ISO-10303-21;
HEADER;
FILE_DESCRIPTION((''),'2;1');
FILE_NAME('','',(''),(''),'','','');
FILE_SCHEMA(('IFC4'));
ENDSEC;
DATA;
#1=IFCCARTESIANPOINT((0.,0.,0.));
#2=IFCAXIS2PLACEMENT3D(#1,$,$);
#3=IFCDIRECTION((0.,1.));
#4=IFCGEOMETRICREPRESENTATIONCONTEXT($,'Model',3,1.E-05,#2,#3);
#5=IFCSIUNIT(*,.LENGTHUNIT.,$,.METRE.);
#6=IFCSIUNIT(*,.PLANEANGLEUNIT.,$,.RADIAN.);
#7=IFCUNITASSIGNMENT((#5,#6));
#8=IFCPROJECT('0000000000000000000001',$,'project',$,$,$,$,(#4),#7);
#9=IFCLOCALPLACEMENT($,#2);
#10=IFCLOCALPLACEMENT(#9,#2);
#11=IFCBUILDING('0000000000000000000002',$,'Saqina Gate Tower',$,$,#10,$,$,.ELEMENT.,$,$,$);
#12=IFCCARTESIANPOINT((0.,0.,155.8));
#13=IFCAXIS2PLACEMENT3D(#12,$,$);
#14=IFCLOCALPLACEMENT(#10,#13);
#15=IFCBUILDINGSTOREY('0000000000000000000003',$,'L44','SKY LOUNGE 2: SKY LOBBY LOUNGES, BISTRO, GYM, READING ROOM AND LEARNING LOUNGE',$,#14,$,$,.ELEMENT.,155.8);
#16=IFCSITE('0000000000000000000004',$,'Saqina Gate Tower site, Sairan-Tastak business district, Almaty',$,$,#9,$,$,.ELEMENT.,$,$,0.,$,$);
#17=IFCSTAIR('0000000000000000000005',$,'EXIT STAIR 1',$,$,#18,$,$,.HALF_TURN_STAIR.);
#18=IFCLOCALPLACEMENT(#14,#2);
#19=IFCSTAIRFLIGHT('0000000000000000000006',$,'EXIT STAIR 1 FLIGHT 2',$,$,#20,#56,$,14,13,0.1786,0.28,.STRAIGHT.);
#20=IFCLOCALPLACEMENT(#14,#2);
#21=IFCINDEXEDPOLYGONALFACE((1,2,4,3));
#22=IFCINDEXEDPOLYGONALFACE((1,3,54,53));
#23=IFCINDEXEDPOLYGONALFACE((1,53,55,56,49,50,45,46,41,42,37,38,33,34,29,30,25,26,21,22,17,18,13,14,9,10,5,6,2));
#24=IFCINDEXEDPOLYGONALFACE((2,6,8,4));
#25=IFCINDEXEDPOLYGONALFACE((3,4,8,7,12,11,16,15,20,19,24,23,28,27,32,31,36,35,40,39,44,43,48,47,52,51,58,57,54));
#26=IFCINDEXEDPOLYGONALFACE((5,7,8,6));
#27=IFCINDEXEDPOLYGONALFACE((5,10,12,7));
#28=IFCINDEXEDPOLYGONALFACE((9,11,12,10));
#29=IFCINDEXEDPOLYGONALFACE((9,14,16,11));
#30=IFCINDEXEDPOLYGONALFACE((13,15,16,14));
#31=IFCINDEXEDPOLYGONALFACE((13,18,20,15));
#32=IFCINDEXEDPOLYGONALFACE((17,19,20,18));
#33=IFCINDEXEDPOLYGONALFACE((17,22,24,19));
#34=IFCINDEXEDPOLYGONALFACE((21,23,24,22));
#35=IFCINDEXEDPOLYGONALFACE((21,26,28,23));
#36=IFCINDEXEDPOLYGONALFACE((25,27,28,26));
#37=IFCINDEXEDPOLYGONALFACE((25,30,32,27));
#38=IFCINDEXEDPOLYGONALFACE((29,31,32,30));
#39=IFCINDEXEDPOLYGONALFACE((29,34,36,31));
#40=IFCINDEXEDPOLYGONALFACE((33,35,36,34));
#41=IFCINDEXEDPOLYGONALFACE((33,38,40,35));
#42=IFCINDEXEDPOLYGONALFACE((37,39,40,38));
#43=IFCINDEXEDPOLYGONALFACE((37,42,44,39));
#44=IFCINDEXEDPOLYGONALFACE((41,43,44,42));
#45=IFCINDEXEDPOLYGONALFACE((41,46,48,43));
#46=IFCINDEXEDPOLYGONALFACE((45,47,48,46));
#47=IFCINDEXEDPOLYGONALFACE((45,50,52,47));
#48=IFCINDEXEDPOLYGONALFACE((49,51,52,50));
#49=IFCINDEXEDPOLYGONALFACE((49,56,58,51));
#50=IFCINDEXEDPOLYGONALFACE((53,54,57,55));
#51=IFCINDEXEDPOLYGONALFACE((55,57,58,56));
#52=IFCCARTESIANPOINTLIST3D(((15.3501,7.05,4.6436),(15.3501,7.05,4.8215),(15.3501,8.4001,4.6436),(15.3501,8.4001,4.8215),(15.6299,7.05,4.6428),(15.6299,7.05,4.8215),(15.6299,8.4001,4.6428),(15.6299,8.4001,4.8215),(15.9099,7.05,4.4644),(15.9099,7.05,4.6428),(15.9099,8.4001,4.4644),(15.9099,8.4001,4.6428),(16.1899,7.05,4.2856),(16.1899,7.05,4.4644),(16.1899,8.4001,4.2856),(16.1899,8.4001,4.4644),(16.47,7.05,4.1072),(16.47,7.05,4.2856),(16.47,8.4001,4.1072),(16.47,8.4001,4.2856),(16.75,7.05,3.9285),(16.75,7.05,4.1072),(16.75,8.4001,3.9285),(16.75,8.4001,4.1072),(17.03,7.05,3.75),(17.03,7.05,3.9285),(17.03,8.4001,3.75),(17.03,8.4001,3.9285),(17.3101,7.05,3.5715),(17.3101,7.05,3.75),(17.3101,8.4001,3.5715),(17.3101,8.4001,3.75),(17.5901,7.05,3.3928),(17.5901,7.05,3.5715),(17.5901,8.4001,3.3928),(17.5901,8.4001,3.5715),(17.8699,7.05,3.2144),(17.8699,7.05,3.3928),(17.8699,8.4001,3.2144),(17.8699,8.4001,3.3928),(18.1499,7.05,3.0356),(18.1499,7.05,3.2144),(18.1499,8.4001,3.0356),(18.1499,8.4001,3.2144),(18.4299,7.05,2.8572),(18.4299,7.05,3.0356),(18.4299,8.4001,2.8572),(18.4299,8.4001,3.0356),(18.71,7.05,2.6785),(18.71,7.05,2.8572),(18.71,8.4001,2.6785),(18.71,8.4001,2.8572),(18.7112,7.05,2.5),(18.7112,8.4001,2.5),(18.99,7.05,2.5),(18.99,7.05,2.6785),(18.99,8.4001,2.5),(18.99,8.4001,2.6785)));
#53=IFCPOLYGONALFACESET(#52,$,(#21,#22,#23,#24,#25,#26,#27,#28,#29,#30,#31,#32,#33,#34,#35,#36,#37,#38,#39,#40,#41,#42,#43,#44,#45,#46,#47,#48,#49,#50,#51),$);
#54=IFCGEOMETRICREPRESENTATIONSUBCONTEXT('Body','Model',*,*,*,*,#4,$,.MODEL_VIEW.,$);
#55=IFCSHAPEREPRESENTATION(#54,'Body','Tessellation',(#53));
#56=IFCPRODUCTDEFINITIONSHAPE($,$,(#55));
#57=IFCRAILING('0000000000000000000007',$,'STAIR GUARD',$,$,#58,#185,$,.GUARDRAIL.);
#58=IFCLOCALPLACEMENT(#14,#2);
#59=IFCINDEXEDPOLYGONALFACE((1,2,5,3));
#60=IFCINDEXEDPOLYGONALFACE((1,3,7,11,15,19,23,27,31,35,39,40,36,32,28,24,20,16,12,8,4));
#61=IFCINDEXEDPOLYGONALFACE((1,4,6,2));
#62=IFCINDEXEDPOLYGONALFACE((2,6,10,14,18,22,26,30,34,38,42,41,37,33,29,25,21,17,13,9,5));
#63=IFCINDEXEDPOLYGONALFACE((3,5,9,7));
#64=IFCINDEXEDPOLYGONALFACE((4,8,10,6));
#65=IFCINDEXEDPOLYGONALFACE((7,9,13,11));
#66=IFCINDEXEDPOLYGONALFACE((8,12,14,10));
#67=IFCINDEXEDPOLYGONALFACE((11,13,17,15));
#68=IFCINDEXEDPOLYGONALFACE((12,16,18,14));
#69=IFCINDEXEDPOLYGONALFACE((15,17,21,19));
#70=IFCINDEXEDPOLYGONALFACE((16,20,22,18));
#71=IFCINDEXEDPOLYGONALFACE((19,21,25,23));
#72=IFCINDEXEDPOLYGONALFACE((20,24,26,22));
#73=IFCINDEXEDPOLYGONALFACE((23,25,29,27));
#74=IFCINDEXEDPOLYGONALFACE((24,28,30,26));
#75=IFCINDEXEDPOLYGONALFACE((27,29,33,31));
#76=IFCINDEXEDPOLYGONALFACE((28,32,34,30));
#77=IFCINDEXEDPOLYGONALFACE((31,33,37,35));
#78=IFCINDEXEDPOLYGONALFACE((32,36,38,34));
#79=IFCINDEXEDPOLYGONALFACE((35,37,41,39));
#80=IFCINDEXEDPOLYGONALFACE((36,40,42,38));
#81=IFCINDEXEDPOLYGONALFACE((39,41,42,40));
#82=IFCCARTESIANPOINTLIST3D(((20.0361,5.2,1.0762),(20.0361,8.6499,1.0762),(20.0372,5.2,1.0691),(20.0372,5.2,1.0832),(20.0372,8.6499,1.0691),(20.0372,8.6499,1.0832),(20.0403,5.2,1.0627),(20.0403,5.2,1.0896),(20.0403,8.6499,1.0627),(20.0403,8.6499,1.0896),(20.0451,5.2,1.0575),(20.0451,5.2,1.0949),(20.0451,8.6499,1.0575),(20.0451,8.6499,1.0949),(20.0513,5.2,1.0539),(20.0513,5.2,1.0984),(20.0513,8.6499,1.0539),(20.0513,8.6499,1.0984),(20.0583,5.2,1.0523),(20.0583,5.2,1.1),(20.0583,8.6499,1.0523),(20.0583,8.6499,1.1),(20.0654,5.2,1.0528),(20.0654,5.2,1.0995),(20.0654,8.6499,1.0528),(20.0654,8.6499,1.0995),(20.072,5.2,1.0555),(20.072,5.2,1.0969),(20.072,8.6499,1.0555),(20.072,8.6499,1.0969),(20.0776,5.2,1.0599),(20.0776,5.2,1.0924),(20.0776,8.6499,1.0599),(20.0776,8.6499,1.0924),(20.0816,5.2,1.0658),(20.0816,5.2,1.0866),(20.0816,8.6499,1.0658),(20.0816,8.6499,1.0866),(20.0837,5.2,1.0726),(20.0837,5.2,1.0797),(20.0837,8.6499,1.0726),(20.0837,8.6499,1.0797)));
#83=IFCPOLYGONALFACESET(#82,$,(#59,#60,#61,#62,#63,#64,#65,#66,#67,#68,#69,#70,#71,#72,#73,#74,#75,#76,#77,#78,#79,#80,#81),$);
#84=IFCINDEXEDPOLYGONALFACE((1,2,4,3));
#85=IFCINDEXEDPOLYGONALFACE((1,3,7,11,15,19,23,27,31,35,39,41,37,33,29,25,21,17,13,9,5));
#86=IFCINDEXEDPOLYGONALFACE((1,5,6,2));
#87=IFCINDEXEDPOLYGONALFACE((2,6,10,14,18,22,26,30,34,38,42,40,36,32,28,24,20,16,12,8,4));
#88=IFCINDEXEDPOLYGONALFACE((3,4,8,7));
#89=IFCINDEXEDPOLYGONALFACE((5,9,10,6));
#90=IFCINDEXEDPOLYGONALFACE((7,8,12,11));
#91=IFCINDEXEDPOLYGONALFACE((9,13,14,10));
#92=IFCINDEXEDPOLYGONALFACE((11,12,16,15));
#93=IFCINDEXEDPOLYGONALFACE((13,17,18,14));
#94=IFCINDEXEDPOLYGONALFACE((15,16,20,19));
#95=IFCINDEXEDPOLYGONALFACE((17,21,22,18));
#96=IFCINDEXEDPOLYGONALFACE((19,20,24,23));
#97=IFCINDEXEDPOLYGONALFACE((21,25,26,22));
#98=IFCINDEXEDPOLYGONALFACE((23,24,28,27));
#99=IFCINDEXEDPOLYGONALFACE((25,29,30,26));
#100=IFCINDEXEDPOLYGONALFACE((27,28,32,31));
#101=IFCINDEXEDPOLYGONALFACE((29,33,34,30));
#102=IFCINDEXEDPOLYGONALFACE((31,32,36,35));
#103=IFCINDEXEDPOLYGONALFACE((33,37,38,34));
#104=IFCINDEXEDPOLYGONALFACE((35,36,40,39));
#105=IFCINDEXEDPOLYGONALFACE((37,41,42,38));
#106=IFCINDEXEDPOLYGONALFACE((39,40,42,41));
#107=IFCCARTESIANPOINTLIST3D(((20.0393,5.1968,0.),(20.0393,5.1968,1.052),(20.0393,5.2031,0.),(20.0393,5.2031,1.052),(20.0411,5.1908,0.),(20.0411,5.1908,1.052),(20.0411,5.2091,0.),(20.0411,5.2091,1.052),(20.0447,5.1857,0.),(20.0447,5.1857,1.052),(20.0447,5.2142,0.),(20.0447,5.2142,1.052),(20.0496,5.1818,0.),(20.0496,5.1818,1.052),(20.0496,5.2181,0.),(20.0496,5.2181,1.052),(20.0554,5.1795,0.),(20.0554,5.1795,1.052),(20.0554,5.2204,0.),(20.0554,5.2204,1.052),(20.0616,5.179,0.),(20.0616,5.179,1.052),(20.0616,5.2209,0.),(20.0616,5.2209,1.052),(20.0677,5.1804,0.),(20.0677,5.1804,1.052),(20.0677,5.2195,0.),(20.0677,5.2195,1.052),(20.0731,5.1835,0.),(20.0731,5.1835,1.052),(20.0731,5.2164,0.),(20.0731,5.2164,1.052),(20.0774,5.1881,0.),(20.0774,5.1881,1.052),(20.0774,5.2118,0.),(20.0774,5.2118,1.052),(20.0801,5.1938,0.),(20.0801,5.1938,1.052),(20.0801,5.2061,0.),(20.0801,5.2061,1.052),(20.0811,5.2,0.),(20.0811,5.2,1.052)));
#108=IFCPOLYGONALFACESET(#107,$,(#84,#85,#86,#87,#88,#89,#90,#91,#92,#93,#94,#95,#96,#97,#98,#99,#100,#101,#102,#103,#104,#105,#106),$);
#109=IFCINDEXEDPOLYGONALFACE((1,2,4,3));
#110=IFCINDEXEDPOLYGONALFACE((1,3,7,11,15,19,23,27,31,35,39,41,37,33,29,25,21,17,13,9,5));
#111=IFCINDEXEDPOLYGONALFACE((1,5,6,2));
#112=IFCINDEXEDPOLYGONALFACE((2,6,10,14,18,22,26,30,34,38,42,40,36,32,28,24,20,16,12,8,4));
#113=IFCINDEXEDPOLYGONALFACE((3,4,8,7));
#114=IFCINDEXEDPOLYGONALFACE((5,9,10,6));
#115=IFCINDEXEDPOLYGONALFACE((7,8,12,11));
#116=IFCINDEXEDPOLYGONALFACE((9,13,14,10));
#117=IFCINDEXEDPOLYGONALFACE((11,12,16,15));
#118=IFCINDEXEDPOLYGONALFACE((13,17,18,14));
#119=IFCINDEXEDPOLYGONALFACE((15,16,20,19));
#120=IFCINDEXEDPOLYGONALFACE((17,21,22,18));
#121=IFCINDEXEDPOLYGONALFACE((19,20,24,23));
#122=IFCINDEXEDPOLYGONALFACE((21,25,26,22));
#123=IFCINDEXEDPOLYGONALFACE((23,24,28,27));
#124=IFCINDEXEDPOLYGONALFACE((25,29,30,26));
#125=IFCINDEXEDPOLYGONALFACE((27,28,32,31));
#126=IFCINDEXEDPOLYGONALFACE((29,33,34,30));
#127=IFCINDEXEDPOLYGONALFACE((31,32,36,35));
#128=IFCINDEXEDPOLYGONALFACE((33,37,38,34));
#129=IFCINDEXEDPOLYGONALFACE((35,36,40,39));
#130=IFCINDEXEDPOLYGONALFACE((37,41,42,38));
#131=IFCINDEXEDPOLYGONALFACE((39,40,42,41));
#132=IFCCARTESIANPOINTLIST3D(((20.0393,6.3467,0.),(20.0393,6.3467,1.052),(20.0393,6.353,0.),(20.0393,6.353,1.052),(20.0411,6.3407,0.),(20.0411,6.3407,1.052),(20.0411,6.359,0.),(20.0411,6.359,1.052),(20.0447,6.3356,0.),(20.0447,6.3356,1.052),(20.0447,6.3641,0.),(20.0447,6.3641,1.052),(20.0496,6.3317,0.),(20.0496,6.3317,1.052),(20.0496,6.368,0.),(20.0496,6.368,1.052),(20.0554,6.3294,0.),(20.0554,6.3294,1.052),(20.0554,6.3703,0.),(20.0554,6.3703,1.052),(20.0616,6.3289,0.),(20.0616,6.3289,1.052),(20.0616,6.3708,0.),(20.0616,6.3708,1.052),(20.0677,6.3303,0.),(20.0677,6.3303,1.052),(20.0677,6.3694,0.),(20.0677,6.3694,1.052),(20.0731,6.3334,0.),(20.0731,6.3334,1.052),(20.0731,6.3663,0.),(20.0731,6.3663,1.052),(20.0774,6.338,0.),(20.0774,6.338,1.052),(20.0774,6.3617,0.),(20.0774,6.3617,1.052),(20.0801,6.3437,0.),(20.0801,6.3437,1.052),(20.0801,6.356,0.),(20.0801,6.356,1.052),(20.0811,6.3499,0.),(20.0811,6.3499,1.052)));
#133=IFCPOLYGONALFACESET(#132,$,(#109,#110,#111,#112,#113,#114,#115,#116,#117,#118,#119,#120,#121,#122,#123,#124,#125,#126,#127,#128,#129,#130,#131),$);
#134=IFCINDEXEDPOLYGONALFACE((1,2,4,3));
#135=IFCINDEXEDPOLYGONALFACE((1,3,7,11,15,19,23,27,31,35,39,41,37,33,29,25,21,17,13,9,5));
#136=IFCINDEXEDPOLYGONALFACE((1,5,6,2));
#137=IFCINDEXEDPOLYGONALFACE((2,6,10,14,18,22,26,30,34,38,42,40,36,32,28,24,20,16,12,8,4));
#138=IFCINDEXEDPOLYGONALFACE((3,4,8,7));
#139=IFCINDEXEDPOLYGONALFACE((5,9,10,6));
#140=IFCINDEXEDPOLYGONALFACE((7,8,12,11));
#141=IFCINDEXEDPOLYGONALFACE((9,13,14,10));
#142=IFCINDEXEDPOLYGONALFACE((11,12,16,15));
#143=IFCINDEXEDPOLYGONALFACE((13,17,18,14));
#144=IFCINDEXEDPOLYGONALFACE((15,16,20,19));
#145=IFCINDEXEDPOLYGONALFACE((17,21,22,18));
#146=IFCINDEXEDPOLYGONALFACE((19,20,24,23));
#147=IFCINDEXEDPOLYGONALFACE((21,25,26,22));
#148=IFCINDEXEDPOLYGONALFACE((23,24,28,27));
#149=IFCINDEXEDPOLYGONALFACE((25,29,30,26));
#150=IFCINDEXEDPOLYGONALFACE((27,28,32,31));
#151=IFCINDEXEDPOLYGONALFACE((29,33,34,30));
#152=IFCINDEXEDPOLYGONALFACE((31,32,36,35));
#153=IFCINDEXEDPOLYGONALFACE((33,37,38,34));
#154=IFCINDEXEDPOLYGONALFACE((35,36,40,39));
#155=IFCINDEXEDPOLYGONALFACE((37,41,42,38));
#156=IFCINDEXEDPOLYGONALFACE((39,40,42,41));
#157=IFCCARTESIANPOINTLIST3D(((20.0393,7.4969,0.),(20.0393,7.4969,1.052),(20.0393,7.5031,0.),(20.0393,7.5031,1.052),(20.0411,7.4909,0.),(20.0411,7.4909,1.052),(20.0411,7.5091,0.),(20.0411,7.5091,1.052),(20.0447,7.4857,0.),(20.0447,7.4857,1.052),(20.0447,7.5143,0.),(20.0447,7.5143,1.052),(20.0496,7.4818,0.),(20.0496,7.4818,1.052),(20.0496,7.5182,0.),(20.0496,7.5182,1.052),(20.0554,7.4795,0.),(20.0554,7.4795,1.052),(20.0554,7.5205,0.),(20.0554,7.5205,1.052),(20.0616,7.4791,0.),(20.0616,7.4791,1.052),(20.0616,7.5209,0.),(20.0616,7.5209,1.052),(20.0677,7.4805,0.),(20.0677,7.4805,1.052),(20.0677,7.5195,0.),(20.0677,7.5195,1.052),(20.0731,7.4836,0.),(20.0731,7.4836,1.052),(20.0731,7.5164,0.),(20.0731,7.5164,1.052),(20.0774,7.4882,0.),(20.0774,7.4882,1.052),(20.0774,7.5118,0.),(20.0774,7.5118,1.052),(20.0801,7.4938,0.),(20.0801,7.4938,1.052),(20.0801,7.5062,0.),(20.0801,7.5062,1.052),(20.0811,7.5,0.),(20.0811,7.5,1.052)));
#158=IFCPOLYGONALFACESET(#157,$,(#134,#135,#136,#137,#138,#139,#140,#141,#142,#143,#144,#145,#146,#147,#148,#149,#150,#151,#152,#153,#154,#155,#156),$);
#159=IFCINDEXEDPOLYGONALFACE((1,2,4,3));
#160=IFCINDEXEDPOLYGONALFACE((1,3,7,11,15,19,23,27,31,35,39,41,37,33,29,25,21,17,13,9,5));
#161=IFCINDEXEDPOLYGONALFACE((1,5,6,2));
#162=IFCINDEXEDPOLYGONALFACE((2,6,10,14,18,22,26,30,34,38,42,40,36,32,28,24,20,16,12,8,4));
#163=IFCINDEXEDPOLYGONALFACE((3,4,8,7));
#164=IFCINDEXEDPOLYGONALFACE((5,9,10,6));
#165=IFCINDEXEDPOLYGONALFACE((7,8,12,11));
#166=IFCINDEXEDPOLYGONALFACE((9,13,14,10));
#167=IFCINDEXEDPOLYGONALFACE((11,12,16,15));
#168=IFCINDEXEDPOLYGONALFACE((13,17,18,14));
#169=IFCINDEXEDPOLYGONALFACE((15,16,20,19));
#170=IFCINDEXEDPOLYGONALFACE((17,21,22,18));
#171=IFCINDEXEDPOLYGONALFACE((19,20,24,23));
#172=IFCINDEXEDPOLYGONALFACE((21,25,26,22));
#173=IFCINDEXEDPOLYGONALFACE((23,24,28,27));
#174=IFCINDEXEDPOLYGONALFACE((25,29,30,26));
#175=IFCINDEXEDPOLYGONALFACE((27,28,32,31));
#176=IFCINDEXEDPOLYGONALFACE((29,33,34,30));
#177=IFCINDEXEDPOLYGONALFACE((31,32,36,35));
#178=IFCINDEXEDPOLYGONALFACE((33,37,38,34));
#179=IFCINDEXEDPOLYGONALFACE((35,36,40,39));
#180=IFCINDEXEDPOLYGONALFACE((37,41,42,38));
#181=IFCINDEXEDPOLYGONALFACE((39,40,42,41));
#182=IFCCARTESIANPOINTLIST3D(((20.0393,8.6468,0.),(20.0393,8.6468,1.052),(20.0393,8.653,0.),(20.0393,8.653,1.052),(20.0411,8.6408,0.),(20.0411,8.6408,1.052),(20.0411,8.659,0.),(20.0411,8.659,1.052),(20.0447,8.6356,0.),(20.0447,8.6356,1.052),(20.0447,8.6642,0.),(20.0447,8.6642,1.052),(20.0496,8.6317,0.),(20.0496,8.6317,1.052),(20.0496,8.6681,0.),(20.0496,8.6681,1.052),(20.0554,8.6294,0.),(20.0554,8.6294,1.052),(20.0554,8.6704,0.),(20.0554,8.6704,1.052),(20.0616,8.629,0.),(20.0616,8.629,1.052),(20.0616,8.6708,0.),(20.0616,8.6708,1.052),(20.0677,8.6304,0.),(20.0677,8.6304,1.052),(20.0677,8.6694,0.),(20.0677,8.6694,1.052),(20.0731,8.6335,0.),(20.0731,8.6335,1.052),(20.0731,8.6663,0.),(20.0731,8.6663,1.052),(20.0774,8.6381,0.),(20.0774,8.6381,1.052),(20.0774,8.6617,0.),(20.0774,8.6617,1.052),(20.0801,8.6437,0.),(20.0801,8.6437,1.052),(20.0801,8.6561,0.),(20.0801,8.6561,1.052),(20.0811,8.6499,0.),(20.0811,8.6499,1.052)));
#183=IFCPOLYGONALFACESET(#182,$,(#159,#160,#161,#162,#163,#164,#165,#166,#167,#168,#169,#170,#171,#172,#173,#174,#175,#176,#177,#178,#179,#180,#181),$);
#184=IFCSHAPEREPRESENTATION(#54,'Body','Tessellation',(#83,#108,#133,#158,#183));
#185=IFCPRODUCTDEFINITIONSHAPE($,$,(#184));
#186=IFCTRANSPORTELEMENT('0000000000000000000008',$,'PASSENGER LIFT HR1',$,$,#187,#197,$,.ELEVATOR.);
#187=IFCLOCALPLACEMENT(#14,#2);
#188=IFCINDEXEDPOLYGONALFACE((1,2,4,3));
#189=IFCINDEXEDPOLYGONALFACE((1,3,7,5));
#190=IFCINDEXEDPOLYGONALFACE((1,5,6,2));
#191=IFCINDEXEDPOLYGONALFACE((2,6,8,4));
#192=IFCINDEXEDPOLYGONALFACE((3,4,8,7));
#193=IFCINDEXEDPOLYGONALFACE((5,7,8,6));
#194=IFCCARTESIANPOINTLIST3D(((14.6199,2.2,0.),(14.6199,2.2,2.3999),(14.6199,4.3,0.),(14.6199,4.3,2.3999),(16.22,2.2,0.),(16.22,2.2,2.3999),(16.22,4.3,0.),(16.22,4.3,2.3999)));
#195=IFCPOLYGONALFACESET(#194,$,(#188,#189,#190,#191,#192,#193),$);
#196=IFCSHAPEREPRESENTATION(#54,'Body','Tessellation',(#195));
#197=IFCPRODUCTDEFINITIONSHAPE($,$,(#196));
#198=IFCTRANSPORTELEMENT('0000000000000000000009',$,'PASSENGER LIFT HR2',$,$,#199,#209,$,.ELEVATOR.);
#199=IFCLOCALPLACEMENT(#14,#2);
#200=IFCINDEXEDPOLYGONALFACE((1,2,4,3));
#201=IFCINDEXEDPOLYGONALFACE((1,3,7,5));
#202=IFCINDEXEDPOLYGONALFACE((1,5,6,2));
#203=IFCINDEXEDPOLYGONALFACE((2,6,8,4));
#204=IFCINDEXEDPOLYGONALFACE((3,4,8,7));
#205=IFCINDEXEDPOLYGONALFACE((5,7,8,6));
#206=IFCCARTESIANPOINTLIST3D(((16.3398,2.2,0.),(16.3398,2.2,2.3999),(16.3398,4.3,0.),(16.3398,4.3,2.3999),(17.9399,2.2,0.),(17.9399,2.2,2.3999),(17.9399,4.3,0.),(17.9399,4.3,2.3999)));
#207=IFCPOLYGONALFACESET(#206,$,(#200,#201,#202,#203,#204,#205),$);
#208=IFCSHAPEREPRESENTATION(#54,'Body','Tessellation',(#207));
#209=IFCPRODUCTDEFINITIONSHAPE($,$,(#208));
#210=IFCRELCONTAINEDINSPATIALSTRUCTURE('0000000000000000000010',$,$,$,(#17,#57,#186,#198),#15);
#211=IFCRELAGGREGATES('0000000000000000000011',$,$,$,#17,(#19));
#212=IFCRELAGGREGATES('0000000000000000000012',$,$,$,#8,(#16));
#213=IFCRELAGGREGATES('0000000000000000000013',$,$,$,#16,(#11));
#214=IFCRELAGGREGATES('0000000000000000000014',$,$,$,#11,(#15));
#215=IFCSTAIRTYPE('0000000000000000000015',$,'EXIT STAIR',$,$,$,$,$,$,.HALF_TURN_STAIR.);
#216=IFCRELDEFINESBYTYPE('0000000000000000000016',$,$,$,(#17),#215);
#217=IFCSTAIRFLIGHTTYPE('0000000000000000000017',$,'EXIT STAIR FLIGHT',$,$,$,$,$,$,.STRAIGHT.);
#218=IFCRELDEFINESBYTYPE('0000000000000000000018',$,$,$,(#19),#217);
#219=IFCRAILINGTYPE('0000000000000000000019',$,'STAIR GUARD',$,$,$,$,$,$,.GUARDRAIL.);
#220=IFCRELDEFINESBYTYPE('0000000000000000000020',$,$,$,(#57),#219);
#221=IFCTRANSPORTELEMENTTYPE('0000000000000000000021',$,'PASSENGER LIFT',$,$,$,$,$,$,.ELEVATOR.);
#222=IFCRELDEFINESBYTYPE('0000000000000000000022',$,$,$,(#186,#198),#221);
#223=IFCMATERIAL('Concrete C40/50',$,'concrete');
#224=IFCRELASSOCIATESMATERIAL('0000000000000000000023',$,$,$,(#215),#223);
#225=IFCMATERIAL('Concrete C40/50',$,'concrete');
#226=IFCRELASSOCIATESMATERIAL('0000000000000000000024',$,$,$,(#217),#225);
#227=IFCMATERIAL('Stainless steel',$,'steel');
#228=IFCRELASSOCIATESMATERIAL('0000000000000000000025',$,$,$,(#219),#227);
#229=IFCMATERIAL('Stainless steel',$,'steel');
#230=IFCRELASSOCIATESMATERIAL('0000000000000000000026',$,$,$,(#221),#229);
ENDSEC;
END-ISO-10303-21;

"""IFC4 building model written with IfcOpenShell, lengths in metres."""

from ifc_helpers import new_model, si_unit, direction, frame, origin, origin_2d, place, context, subcontext, project, spatial, polyline, rectangle, circle, outline, extrude, material, type_object, element, aggregate, save


model = new_model("IFC4")

# Units and contexts
model_context = context("Model", 3, precision=1e-05, world=origin(), true_north=direction((0.0, 1.0)))
body_context = subcontext(model_context, "Body", "Model", "MODEL_VIEW")
ifc_project = project(units=[si_unit("LENGTHUNIT", "METRE"), si_unit("PLANEANGLEUNIT", "RADIAN")], contexts=[model_context])

# Site, building, storey
site_placement = place(None, origin())
site = spatial("IfcSite", under=ifc_project, at=site_placement, Name="Saqina Gate Tower site, Sairan-Tastak business district, Almaty", CompositionType="ELEMENT", RefElevation=0.0)
building_placement = place(site_placement, origin())
building = spatial("IfcBuilding", under=site, at=building_placement, Name="Saqina Gate Tower", CompositionType="ELEMENT")
storey_placement = place(building_placement, frame((0.0, 0.0, 155.8)))
storey = spatial("IfcBuildingStorey", under=building, at=storey_placement, Name="L44", Description="SKY LOUNGE 2: SKY LOBBY LOUNGES, BISTRO, GYM, READING ROOM AND LEARNING LOUNGE", CompositionType="ELEMENT", Elevation=155.8)

# Stair, stair flight
ifc_material_1 = material(Name="Concrete C40/50", Category="concrete")
stair_type = type_object("IfcStairType", Name="EXIT STAIR", PredefinedType="HALF_TURN_STAIR", material=ifc_material_1)
stair_placement = place(storey_placement, origin())
stair = element("IfcStair", 1, at=stair_placement, inside=storey, type_object=stair_type, Name="EXIT STAIR 1", PredefinedType="HALF_TURN_STAIR")
ifc_material_2 = material(Name="Concrete C40/50", Category="concrete")
stair_flight_type = type_object("IfcStairFlightType", Name="EXIT STAIR FLIGHT", PredefinedType="STRAIGHT", material=ifc_material_2)
stair_flight_1_placement = place(storey_placement, frame((18.99, 7.7251, 2.5), z_axis=(0.0, 0.0, 1.0), x_axis=(-1.0, 0.0, 0.0)))
stair_flight_1 = element("IfcStairFlight", 2, at=stair_flight_1_placement, type_object=stair_flight_type, Name="EXIT STAIR 1 FLIGHT 2", NumberOfRisers=14, NumberOfTreads=13, PredefinedType="STRAIGHT", RiserHeight=0.1786, TreadLength=0.28, context=body_context, shape_type="SweptSolid", body=[
    extrude(outline(polyline([(0.0, 0.0), (0.0, 0.1785), (0.28, 0.1785), (0.28, 0.3572), (0.5601, 0.3572), (0.5601, 0.5356), (0.8401, 0.5356), (0.8401, 0.7144), (1.1201, 0.7144), (1.1201, 0.8928), (1.3999, 0.8928), (1.3999, 1.0715), (1.6799, 1.0715), (1.6799, 1.25), (1.96, 1.25), (1.96, 1.4285), (2.24, 1.4285), (2.24, 1.6072), (2.52, 1.6072), (2.52, 1.7856), (2.8, 1.7856), (2.8, 1.9644), (3.0801, 1.9644), (3.0801, 2.1428), (3.3601, 2.1428), (3.3601, 2.3215), (3.6399, 2.3215), (3.6399, 2.5), (3.6399, 2.1436), (0.2788, 0.0), (0.0, 0.0)])), frame((0.0, 0.675, 0.0), z_axis=(0.0, -1.0, 0.0), x_axis=(1.0, 0.0, 0.0)), (0.0, 0.0, 1.0), 1.3501),
])
aggregate(stair, [stair_flight_1])

# Railing
ifc_material_3 = material(Name="Stainless steel", Category="steel")
railing_type_1 = type_object("IfcRailingType", Name="STAIR GUARD", PredefinedType="GUARDRAIL", material=ifc_material_3)
railing_1_placement = place(storey_placement, frame((20.0601, 5.2, 0.0)))
element("IfcRailing", 3, at=railing_1_placement, inside=storey, type_object=railing_type_1, Name="STAIR GUARD", PredefinedType="GUARDRAIL", context=body_context, shape_type="SweptSolid", body=[
    extrude(circle(Radius=0.0239, at=origin_2d()), frame((0.0, 0.0, 1.0762), z_axis=(0.0, 1.0, 0.0), x_axis=(-1.0, 0.0, 0.0)), (0.0, 0.0, 1.0), 3.45),
    extrude(circle(Radius=0.021, at=origin_2d()), origin(), (0.0, 0.0, 1.0), 1.052),
    extrude(circle(Radius=0.021, at=origin_2d()), frame((0.0, 1.1499, 0.0)), (0.0, 0.0, 1.0), 1.052),
    extrude(circle(Radius=0.021, at=origin_2d()), frame((0.0, 2.3, 0.0)), (0.0, 0.0, 1.0), 1.052),
    extrude(circle(Radius=0.021, at=origin_2d()), frame((0.0, 3.45, 0.0)), (0.0, 0.0, 1.0), 1.052),
])

# Transport elements
ifc_material_4 = material(Name="Stainless steel", Category="steel")
transport_element_type = type_object("IfcTransportElementType", Name="PASSENGER LIFT", PredefinedType="ELEVATOR", material=ifc_material_4)
for number, where, z_axis, x_axis, name in (
    (4, (15.4199, 3.25, 0.0), (0.0, 0.0, 1.0), (1.0, 0.0, 0.0), "PASSENGER LIFT HR1"),
    (5, (17.1399, 3.25, 0.0), (0.0, 0.0, 1.0), (1.0, 0.0, 0.0), "PASSENGER LIFT HR2"),
):
    element("IfcTransportElement", number, at=place(storey_placement, frame(where, z_axis=z_axis, x_axis=x_axis)), inside=storey, type_object=transport_element_type, Name=name, PredefinedType="ELEVATOR", context=body_context, shape_type="SweptSolid", body=[
        extrude(rectangle(XDim=1.6001, YDim=2.1001, at=origin_2d()), origin(), (0.0, 0.0, 1.0), 2.3999),
    ])

save(model, "model.ifc")
